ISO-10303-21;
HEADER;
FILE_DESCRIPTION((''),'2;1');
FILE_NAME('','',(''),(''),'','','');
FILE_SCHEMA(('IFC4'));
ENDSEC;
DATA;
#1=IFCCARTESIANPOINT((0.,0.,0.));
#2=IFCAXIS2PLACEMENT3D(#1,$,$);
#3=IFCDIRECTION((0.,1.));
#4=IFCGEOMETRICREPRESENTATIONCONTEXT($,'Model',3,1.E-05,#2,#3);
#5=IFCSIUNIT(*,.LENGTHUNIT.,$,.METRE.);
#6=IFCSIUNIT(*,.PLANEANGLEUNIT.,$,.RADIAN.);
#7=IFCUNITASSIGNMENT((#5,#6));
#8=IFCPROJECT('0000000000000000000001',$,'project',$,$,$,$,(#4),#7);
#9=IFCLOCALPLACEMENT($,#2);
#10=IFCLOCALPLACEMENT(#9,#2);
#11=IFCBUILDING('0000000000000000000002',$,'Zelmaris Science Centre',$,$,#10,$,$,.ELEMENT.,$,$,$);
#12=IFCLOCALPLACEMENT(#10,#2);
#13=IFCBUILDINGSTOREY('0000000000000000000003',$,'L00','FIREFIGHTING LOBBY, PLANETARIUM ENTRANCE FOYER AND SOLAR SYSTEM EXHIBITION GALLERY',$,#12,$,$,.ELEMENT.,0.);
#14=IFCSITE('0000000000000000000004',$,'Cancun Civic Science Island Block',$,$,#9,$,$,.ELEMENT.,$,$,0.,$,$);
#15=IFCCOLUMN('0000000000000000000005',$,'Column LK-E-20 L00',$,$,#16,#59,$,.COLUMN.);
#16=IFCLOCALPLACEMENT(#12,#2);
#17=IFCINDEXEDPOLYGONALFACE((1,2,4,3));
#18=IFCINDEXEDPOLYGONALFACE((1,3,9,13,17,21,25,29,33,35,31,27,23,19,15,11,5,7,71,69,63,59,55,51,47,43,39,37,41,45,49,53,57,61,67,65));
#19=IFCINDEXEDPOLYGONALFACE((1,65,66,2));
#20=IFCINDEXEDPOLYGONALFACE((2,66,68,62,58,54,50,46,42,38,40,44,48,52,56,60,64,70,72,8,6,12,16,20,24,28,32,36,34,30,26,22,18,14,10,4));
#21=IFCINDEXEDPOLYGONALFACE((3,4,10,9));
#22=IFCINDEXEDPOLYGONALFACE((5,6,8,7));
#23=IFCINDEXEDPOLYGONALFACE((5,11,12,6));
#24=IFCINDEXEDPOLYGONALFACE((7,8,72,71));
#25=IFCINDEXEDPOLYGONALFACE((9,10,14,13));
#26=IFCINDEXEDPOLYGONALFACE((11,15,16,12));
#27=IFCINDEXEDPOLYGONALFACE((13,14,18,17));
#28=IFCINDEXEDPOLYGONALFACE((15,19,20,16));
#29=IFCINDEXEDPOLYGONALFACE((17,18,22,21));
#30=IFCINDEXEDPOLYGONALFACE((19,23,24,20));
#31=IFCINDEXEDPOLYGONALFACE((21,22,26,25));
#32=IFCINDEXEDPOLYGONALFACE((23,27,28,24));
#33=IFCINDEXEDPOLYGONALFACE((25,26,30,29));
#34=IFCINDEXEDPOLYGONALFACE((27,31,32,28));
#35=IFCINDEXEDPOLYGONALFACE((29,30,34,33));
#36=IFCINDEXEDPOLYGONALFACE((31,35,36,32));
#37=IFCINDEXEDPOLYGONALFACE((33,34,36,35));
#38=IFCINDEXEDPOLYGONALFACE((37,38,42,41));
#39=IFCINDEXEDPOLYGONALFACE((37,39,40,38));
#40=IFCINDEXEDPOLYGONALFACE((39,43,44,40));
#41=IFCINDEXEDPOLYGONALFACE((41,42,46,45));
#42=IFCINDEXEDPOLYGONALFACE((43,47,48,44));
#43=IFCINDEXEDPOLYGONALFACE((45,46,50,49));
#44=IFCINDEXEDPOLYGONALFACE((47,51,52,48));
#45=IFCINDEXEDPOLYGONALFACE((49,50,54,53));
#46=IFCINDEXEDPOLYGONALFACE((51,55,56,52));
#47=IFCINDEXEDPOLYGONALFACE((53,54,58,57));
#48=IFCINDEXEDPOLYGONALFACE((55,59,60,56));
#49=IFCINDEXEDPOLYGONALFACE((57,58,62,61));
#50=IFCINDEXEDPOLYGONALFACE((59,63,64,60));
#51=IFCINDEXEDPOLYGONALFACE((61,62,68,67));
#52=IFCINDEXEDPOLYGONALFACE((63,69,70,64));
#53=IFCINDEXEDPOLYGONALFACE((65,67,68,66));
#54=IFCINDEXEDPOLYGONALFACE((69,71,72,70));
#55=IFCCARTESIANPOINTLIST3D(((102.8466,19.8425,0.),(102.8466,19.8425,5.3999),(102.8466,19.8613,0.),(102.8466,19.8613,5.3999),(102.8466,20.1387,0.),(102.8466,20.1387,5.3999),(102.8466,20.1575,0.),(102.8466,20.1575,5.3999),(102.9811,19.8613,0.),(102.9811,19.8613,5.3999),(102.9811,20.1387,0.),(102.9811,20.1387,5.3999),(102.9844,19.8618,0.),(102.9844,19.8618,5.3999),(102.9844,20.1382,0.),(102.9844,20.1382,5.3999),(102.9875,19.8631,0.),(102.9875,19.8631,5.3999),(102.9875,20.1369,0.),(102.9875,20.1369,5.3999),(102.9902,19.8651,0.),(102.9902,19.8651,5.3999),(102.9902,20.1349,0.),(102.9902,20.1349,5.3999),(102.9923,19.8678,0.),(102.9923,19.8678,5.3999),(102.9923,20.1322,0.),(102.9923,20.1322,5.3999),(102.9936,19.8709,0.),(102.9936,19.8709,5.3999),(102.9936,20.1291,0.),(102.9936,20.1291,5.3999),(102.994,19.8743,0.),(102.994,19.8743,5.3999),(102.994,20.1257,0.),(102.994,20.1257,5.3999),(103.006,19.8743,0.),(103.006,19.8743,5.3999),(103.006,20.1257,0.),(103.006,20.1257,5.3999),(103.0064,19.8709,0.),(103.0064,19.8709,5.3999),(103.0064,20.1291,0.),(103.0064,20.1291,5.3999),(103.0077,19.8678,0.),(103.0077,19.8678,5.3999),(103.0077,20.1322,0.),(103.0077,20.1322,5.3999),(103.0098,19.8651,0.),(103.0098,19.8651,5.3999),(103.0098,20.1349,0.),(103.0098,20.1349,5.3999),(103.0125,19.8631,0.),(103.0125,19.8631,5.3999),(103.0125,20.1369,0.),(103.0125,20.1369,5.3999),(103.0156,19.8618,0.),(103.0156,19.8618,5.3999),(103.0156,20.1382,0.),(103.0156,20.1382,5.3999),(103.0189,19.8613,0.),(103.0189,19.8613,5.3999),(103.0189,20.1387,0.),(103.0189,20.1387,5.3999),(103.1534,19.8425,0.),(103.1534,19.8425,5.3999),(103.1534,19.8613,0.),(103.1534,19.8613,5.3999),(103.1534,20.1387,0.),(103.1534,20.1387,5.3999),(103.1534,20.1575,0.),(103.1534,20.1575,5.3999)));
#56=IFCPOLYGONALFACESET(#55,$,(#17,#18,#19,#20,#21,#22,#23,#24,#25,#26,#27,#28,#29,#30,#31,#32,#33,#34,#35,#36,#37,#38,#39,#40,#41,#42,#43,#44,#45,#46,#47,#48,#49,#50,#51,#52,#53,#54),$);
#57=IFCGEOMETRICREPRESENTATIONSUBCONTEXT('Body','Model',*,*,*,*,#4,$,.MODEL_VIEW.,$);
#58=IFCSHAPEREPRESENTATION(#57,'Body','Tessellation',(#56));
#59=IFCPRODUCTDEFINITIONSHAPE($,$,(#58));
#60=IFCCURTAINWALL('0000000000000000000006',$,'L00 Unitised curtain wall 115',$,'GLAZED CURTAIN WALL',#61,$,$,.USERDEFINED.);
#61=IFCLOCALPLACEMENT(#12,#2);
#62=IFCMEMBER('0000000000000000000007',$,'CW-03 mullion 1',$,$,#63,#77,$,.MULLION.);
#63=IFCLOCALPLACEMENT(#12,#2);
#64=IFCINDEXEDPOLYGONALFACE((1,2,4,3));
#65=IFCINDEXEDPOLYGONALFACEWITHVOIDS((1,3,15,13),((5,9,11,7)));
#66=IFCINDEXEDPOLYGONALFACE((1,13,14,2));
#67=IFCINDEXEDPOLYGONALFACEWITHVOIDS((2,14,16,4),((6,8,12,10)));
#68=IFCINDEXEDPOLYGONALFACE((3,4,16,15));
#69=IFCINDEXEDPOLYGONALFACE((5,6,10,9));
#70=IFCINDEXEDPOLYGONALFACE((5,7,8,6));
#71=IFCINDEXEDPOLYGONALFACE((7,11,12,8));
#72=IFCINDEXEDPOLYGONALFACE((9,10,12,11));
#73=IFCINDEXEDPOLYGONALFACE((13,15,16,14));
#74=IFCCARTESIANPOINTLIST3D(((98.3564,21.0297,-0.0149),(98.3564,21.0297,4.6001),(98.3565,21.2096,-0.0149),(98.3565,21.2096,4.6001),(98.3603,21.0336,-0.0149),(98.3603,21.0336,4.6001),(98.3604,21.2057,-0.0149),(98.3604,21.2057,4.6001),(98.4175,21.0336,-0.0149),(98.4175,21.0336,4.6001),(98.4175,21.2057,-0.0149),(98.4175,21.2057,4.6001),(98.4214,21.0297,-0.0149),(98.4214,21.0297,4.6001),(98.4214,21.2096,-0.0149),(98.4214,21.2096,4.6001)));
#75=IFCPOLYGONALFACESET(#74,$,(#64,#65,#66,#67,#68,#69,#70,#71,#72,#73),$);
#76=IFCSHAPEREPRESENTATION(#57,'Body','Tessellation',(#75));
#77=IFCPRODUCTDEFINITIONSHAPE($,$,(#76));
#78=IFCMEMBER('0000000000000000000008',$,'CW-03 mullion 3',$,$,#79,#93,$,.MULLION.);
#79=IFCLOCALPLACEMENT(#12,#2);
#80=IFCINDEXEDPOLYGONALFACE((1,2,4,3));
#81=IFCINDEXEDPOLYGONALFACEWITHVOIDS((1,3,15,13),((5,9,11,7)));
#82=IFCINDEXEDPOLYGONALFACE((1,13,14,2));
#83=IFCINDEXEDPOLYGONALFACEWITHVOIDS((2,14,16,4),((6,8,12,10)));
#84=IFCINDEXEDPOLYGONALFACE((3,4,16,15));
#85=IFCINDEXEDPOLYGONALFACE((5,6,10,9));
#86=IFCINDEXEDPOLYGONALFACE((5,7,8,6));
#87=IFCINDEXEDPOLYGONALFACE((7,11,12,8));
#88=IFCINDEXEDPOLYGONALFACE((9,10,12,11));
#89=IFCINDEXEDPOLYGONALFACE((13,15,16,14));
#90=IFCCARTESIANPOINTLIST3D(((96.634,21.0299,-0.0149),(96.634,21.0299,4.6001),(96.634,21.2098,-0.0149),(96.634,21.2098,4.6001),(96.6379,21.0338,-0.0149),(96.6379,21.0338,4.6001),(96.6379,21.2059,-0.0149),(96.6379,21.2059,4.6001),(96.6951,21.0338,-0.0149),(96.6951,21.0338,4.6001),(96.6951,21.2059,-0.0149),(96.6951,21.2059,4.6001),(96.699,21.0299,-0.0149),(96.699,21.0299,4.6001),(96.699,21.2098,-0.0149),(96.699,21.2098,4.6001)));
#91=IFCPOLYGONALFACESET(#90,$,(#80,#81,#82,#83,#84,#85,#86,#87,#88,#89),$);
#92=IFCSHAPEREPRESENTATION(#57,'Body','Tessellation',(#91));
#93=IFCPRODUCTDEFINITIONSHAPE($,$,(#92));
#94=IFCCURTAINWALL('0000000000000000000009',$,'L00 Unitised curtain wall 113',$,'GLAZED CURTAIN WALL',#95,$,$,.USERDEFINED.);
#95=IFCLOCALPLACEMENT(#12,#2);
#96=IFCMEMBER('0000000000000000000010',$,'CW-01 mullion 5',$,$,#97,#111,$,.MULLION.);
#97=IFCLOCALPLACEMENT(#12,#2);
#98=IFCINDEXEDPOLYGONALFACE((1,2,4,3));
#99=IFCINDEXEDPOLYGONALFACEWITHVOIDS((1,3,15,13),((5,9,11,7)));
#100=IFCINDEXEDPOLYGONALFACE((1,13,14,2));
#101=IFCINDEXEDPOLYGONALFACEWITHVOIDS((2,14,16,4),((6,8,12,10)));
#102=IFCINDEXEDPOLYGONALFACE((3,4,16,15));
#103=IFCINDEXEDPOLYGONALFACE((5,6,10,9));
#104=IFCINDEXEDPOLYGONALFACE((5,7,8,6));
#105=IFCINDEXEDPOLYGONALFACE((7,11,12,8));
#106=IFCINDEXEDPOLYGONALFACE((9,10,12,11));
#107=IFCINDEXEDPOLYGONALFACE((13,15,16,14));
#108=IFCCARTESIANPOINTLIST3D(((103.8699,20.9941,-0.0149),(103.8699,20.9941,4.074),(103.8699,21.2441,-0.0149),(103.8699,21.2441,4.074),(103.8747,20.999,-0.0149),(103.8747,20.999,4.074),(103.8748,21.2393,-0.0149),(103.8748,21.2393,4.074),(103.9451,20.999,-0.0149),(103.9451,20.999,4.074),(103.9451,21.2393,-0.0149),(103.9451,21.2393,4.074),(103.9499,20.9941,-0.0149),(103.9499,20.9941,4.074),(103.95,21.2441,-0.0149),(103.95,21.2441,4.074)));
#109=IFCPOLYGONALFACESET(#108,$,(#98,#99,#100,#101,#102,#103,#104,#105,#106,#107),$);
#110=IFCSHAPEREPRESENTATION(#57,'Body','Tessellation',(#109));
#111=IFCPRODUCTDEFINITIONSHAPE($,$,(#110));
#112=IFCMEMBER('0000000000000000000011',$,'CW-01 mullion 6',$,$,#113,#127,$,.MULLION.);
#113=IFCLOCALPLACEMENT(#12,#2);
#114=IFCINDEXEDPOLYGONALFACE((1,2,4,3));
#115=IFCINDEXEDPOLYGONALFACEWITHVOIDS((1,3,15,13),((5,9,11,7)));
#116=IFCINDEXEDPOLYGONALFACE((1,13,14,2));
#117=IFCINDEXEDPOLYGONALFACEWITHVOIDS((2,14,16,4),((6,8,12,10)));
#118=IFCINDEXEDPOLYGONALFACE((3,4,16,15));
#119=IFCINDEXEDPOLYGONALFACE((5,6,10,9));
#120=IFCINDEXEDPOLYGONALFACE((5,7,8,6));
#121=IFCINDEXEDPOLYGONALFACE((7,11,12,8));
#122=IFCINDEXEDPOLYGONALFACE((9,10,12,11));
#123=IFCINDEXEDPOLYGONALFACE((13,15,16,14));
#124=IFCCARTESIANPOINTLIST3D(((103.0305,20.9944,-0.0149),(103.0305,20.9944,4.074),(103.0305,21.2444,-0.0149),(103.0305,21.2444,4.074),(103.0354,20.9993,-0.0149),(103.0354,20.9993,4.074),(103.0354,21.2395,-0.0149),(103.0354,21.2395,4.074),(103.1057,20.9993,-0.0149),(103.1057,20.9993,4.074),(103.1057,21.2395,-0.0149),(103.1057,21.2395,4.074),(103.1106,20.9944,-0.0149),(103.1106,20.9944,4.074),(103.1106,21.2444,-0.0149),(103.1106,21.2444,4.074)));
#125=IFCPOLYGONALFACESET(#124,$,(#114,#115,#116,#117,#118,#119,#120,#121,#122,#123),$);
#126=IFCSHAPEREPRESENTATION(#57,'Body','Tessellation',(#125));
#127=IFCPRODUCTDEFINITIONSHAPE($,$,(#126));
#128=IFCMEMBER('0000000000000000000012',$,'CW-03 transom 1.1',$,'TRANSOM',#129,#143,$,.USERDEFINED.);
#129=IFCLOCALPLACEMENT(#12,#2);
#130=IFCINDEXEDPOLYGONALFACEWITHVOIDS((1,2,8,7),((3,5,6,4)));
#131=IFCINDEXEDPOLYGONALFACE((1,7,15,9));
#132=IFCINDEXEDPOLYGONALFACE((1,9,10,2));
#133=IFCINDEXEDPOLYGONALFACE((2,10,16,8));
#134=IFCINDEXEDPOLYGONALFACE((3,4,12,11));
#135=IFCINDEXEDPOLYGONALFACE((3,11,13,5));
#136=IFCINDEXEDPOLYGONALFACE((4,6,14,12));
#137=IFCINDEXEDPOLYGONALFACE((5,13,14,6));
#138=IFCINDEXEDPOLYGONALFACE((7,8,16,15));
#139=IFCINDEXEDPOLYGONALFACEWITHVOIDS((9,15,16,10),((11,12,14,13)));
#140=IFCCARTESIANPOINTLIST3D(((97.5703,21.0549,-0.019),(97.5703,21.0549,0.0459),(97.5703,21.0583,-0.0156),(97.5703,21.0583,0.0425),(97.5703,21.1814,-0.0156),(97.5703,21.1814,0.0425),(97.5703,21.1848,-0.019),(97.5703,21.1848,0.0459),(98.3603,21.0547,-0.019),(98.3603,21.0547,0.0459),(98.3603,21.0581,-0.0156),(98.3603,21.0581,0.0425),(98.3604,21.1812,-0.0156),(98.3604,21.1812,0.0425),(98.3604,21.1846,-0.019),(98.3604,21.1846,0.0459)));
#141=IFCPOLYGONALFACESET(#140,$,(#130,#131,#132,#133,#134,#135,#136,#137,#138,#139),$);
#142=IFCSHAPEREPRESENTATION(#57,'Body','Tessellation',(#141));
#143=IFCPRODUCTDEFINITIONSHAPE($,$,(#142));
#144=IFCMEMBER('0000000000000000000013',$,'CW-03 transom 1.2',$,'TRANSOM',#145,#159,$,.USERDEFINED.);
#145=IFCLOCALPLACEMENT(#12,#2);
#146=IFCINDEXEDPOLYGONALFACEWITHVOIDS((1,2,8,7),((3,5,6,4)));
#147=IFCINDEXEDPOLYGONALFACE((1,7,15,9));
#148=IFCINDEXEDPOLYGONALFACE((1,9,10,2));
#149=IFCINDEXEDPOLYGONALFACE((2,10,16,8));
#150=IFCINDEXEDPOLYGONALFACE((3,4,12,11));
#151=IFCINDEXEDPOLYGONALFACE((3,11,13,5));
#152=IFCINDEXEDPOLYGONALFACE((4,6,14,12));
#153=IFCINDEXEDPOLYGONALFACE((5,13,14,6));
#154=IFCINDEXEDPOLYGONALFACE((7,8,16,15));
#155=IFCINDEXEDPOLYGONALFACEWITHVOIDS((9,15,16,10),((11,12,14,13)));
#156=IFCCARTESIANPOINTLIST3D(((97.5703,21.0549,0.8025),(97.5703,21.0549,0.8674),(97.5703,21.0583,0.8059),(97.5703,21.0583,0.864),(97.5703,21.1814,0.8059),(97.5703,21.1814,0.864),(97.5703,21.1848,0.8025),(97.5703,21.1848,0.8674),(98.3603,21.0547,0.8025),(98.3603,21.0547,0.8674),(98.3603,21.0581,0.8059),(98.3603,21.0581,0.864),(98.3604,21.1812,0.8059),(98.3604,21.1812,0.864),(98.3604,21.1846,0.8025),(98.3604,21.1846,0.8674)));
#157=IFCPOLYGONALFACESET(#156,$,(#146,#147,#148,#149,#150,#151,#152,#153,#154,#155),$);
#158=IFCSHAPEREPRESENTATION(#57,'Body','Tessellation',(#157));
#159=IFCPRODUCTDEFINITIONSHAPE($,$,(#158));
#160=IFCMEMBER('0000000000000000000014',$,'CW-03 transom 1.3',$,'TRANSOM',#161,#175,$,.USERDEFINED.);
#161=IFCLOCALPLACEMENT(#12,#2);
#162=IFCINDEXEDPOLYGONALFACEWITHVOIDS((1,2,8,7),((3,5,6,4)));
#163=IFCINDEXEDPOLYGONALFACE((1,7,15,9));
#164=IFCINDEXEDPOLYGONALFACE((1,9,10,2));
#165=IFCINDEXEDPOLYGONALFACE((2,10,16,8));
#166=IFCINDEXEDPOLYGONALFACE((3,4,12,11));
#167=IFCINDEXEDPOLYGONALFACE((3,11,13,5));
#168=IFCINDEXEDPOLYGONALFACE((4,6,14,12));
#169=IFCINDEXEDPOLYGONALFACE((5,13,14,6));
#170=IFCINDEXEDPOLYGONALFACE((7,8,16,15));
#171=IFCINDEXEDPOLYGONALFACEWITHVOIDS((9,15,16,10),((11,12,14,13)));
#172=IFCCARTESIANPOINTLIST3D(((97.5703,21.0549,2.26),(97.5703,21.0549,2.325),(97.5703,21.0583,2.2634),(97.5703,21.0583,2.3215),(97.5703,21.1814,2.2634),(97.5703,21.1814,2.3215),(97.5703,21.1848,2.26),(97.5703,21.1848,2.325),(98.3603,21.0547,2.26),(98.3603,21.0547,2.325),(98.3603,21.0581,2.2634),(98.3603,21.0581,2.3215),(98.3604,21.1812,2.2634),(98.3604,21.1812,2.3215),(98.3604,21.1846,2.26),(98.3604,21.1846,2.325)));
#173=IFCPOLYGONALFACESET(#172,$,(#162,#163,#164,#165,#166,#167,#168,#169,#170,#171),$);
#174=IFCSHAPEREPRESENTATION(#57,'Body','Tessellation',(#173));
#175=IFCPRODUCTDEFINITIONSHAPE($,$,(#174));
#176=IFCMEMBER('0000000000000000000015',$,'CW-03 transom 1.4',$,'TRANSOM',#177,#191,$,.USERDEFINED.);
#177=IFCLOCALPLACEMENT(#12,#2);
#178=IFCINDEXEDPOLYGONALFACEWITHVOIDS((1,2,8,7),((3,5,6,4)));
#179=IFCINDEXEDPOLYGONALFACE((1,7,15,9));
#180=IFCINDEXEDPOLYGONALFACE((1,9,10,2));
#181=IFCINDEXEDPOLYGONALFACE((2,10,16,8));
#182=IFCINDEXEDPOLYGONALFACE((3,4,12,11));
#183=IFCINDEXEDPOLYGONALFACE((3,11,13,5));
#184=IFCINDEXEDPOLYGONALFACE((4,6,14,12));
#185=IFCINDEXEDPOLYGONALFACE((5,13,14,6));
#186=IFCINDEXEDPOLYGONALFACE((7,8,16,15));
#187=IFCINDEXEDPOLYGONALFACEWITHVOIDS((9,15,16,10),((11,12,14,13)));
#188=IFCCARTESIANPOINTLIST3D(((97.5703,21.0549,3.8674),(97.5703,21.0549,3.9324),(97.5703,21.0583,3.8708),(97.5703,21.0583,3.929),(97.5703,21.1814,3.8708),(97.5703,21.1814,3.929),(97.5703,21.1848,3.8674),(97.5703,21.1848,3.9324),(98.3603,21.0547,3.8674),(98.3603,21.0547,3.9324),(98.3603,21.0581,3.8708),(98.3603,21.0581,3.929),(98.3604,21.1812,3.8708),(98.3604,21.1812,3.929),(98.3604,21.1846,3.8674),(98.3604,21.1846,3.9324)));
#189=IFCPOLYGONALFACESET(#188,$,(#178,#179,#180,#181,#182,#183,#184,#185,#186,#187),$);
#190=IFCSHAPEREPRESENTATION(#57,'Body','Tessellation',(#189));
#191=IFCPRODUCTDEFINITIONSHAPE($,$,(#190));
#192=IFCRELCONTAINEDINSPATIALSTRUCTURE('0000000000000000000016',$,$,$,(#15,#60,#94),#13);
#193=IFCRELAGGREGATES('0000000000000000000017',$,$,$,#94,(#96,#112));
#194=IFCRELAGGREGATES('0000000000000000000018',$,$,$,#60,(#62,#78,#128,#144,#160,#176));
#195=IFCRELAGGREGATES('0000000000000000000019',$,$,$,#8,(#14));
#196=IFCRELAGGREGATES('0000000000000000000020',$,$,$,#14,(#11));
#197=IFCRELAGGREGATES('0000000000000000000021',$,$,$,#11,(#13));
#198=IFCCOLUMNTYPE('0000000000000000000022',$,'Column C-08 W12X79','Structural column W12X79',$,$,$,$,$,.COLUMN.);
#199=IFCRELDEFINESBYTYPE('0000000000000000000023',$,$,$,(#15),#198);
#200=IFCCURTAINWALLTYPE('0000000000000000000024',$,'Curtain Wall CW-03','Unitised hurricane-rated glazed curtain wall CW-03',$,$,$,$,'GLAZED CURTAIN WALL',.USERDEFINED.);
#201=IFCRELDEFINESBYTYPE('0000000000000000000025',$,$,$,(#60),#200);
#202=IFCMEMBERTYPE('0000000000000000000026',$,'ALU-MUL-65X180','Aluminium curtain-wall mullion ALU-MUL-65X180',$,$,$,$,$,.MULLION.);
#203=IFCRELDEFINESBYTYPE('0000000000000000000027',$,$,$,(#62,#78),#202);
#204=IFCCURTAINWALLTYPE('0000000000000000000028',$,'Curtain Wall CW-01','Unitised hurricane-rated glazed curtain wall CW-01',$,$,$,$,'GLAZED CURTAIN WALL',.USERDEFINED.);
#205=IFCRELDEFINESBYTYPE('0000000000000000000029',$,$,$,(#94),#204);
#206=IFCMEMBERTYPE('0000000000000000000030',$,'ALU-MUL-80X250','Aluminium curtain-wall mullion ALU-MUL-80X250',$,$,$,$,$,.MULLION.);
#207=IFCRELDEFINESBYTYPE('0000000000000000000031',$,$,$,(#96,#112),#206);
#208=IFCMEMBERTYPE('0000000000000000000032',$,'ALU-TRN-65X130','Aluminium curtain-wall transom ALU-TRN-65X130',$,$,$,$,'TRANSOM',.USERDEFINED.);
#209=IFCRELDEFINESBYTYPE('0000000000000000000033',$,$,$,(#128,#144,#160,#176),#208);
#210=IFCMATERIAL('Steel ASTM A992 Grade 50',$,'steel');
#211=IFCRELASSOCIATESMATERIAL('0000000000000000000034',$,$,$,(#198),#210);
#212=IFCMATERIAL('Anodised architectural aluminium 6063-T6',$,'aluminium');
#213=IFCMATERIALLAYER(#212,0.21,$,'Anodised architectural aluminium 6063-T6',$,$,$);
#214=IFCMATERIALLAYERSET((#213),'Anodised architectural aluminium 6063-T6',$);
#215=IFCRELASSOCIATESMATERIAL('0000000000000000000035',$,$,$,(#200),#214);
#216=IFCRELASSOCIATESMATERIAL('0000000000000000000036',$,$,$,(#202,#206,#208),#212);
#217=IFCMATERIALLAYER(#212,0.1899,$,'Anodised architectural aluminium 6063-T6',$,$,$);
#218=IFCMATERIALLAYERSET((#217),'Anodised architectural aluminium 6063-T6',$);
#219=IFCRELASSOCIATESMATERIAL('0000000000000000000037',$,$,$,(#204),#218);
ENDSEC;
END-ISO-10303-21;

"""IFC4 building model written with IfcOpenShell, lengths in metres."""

from ifc_helpers import new_model, si_unit, direction, frame, origin, origin_2d, place, context, subcontext, project, spatial, hollow_rectangle, i_section, extrude, material, layer, layer_set, material_profile, profile_set, type_object, element, aggregate, save


model = new_model("IFC4")

# Units and contexts
model_context = context("Model", 3, precision=1e-05, world=origin(), true_north=direction((0.0, 1.0)))
body_context = subcontext(model_context, "Body", "Model", "MODEL_VIEW")
ifc_project = project(units=[si_unit("LENGTHUNIT", "METRE"), si_unit("PLANEANGLEUNIT", "RADIAN")], contexts=[model_context])

# Site, building, storey
site_placement = place(None, origin())
site = spatial("IfcSite", under=ifc_project, at=site_placement, Name="Cancun Civic Science Island Block", CompositionType="ELEMENT", RefElevation=0.0)
building_placement = place(site_placement, origin())
building = spatial("IfcBuilding", under=site, at=building_placement, Name="Zelmaris Science Centre", CompositionType="ELEMENT")
storey_placement = place(building_placement, origin())
storey = spatial("IfcBuildingStorey", under=building, at=storey_placement, Name="L00", Description="FIREFIGHTING LOBBY, PLANETARIUM ENTRANCE FOYER AND SOLAR SYSTEM EXHIBITION GALLERY", CompositionType="ELEMENT", Elevation=0.0)

# Column
ifc_material_1 = material(Name="Steel ASTM A992 Grade 50", Category="steel")
ifc_material_profile_1 = material_profile(ifc_material_1, i_section(OverallWidth=0.3069, OverallDepth=0.3149, WebThickness=0.012, FlangeThickness=0.0188, FilletRadius=0.0129, at=origin_2d()), Name="W12X79")
ifc_profile_set_1 = profile_set([ifc_material_profile_1], Name="Steel ASTM A992 Grade 50")
column_type = type_object("IfcColumnType", Name="Column C-08 W12X79", Description="Structural column W12X79", PredefinedType="COLUMN", material=ifc_profile_set_1)
column_placement = place(storey_placement, frame((103.0, 20.0, 0.0), z_axis=(0.0, 0.0, 1.0), x_axis=(1.0, 0.0, 0.0)))
element("IfcColumn", 1, at=column_placement, inside=storey, type_object=column_type, Name="Column LK-E-20 L00", PredefinedType="COLUMN", context=body_context, shape_type="SweptSolid", body=[
    extrude(i_section(OverallWidth=0.3069, OverallDepth=0.3149, WebThickness=0.012, FlangeThickness=0.0188, FilletRadius=0.0129, at=origin_2d()), origin(), (0.0, 0.0, 1.0), 5.3999),
])

# Curtain walls, members
ifc_material_2 = material(Name="Anodised architectural aluminium 6063-T6", Category="aluminium")
ifc_layer_1 = layer(ifc_material_2, 0.21, Name="Anodised architectural aluminium 6063-T6")
ifc_layer_set_1 = layer_set([ifc_layer_1], Name="Anodised architectural aluminium 6063-T6")
curtain_wall_type_1 = type_object("IfcCurtainWallType", Name="Curtain Wall CW-03", Description="Unitised hurricane-rated glazed curtain wall CW-03", ElementType="GLAZED CURTAIN WALL", PredefinedType="USERDEFINED", material=ifc_layer_set_1)
curtain_wall_1_placement = place(storey_placement, origin())
curtain_wall_1 = element("IfcCurtainWall", 2, at=curtain_wall_1_placement, inside=storey, type_object=curtain_wall_type_1, Name="L00 Unitised curtain wall 115", ObjectType="GLAZED CURTAIN WALL", PredefinedType="USERDEFINED")
ifc_material_profile_2 = material_profile(ifc_material_2, hollow_rectangle(XDim=0.0649, YDim=0.1799, WallThickness=0.0039, at=origin_2d()), Name="ALU-MUL-65X180")
ifc_profile_set_2 = profile_set([ifc_material_profile_2], Name="Anodised architectural aluminium 6063-T6")
member_type_1 = type_object("IfcMemberType", Name="ALU-MUL-65X180", Description="Aluminium curtain-wall mullion ALU-MUL-65X180", PredefinedType="MULLION", material=ifc_profile_set_2)
member_1_placement = place(storey_placement, frame((98.3889, 21.1196, -0.0149), z_axis=(0.0, 0.0, 1.0), x_axis=(-1.0, 0.000084, 0.0)))
member_1 = element("IfcMember", 3, at=member_1_placement, type_object=member_type_1, Name="CW-03 mullion 1", PredefinedType="MULLION", context=body_context, shape_type="SweptSolid", body=[
    extrude(hollow_rectangle(XDim=0.0649, YDim=0.1799, WallThickness=0.0039, at=origin_2d()), origin(), (0.0, 0.0, 1.0), 4.615),
])
member_2_placement = place(storey_placement, frame((96.6665, 21.1199, -0.0149), z_axis=(0.0, 0.0, 1.0), x_axis=(-1.0, 0.000084, 0.0)))
member_2 = element("IfcMember", 4, at=member_2_placement, type_object=member_type_1, Name="CW-03 mullion 3", PredefinedType="MULLION", context=body_context, shape_type="SweptSolid", body=[
    extrude(hollow_rectangle(XDim=0.0649, YDim=0.1799, WallThickness=0.0039, at=origin_2d()), origin(), (0.0, 0.0, 1.0), 4.615),
])
ifc_layer_2 = layer(ifc_material_2, 0.1899, Name="Anodised architectural aluminium 6063-T6")
ifc_layer_set_2 = layer_set([ifc_layer_2], Name="Anodised architectural aluminium 6063-T6")
curtain_wall_type_2 = type_object("IfcCurtainWallType", Name="Curtain Wall CW-01", Description="Unitised hurricane-rated glazed curtain wall CW-01", ElementType="GLAZED CURTAIN WALL", PredefinedType="USERDEFINED", material=ifc_layer_set_2)
curtain_wall_2_placement = place(storey_placement, origin())
curtain_wall_2 = element("IfcCurtainWall", 5, at=curtain_wall_2_placement, inside=storey, type_object=curtain_wall_type_2, Name="L00 Unitised curtain wall 113", ObjectType="GLAZED CURTAIN WALL", PredefinedType="USERDEFINED")
ifc_material_profile_3 = material_profile(ifc_material_2, hollow_rectangle(XDim=0.0801, YDim=0.25, WallThickness=0.0049, at=origin_2d()), Name="ALU-MUL-80X250")
ifc_profile_set_3 = profile_set([ifc_material_profile_3], Name="Anodised architectural aluminium 6063-T6")
member_type_2 = type_object("IfcMemberType", Name="ALU-MUL-80X250", Description="Aluminium curtain-wall mullion ALU-MUL-80X250", PredefinedType="MULLION", material=ifc_profile_set_3)
member_3_placement = place(storey_placement, frame((103.9099, 21.1191, -0.0149), z_axis=(0.0, 0.0, 1.0), x_axis=(-1.0, 0.000084, 0.0)))
member_3 = element("IfcMember", 6, at=member_3_placement, type_object=member_type_2, Name="CW-01 mullion 5", PredefinedType="MULLION", context=body_context, shape_type="SweptSolid", body=[
    extrude(hollow_rectangle(XDim=0.0801, YDim=0.25, WallThickness=0.0049, at=origin_2d()), origin(), (0.0, 0.0, 1.0), 4.0889),
])
member_4_placement = place(storey_placement, frame((103.0706, 21.1194, -0.0149), z_axis=(0.0, 0.0, 1.0), x_axis=(-1.0, 0.000084, 0.0)))
member_4 = element("IfcMember", 7, at=member_4_placement, type_object=member_type_2, Name="CW-01 mullion 6", PredefinedType="MULLION", context=body_context, shape_type="SweptSolid", body=[
    extrude(hollow_rectangle(XDim=0.0801, YDim=0.25, WallThickness=0.0049, at=origin_2d()), origin(), (0.0, 0.0, 1.0), 4.0889),
])

# Members
ifc_material_profile_4 = material_profile(ifc_material_2, hollow_rectangle(XDim=0.0649, YDim=0.1299, WallThickness=0.0034, at=origin_2d()), Name="ALU-TRN-65X130")
ifc_profile_set_4 = profile_set([ifc_material_profile_4], Name="Anodised architectural aluminium 6063-T6")
member_type_3 = type_object("IfcMemberType", Name="ALU-TRN-65X130", Description="Aluminium curtain-wall transom ALU-TRN-65X130", ElementType="TRANSOM", PredefinedType="USERDEFINED", material=ifc_profile_set_4)
member_5_placement = place(storey_placement, frame((98.3604, 21.1196, 0.0134), z_axis=(-1.0, 0.000309, 0.0), x_axis=(0.0, 0.0, 1.0)))
member_5 = element("IfcMember", 8, at=member_5_placement, type_object=member_type_3, Name="CW-03 transom 1.1", ObjectType="TRANSOM", PredefinedType="USERDEFINED", context=body_context, shape_type="SweptSolid", body=[
    extrude(hollow_rectangle(XDim=0.0649, YDim=0.1299, WallThickness=0.0034, at=origin_2d()), origin(), (0.0, 0.0, 1.0), 0.79),
])
member_6_placement = place(storey_placement, frame((98.3604, 21.1196, 0.835), z_axis=(-1.0, 0.000309, 0.0), x_axis=(0.0, 0.0, 1.0)))
member_6 = element("IfcMember", 9, at=member_6_placement, type_object=member_type_3, Name="CW-03 transom 1.2", ObjectType="TRANSOM", PredefinedType="USERDEFINED", context=body_context, shape_type="SweptSolid", body=[
    extrude(hollow_rectangle(XDim=0.0649, YDim=0.1299, WallThickness=0.0034, at=origin_2d()), origin(), (0.0, 0.0, 1.0), 0.79),
])
member_7_placement = place(storey_placement, frame((98.3604, 21.1196, 2.2925), z_axis=(-1.0, 0.000309, 0.0), x_axis=(0.0, 0.0, 1.0)))
member_7 = element("IfcMember", 10, at=member_7_placement, type_object=member_type_3, Name="CW-03 transom 1.3", ObjectType="TRANSOM", PredefinedType="USERDEFINED", context=body_context, shape_type="SweptSolid", body=[
    extrude(hollow_rectangle(XDim=0.0649, YDim=0.1299, WallThickness=0.0034, at=origin_2d()), origin(), (0.0, 0.0, 1.0), 0.79),
])
member_8_placement = place(storey_placement, frame((98.3604, 21.1196, 3.8999), z_axis=(-1.0, 0.000309, 0.0), x_axis=(0.0, 0.0, 1.0)))
member_8 = element("IfcMember", 11, at=member_8_placement, type_object=member_type_3, Name="CW-03 transom 1.4", ObjectType="TRANSOM", PredefinedType="USERDEFINED", context=body_context, shape_type="SweptSolid", body=[
    extrude(hollow_rectangle(XDim=0.0649, YDim=0.1299, WallThickness=0.0034, at=origin_2d()), origin(), (0.0, 0.0, 1.0), 0.79),
])

aggregate(curtain_wall_2, [member_3, member_4])
aggregate(curtain_wall_1, [member_1, member_2, member_5, member_6, member_7, member_8])

save(model, "model.ifc")
